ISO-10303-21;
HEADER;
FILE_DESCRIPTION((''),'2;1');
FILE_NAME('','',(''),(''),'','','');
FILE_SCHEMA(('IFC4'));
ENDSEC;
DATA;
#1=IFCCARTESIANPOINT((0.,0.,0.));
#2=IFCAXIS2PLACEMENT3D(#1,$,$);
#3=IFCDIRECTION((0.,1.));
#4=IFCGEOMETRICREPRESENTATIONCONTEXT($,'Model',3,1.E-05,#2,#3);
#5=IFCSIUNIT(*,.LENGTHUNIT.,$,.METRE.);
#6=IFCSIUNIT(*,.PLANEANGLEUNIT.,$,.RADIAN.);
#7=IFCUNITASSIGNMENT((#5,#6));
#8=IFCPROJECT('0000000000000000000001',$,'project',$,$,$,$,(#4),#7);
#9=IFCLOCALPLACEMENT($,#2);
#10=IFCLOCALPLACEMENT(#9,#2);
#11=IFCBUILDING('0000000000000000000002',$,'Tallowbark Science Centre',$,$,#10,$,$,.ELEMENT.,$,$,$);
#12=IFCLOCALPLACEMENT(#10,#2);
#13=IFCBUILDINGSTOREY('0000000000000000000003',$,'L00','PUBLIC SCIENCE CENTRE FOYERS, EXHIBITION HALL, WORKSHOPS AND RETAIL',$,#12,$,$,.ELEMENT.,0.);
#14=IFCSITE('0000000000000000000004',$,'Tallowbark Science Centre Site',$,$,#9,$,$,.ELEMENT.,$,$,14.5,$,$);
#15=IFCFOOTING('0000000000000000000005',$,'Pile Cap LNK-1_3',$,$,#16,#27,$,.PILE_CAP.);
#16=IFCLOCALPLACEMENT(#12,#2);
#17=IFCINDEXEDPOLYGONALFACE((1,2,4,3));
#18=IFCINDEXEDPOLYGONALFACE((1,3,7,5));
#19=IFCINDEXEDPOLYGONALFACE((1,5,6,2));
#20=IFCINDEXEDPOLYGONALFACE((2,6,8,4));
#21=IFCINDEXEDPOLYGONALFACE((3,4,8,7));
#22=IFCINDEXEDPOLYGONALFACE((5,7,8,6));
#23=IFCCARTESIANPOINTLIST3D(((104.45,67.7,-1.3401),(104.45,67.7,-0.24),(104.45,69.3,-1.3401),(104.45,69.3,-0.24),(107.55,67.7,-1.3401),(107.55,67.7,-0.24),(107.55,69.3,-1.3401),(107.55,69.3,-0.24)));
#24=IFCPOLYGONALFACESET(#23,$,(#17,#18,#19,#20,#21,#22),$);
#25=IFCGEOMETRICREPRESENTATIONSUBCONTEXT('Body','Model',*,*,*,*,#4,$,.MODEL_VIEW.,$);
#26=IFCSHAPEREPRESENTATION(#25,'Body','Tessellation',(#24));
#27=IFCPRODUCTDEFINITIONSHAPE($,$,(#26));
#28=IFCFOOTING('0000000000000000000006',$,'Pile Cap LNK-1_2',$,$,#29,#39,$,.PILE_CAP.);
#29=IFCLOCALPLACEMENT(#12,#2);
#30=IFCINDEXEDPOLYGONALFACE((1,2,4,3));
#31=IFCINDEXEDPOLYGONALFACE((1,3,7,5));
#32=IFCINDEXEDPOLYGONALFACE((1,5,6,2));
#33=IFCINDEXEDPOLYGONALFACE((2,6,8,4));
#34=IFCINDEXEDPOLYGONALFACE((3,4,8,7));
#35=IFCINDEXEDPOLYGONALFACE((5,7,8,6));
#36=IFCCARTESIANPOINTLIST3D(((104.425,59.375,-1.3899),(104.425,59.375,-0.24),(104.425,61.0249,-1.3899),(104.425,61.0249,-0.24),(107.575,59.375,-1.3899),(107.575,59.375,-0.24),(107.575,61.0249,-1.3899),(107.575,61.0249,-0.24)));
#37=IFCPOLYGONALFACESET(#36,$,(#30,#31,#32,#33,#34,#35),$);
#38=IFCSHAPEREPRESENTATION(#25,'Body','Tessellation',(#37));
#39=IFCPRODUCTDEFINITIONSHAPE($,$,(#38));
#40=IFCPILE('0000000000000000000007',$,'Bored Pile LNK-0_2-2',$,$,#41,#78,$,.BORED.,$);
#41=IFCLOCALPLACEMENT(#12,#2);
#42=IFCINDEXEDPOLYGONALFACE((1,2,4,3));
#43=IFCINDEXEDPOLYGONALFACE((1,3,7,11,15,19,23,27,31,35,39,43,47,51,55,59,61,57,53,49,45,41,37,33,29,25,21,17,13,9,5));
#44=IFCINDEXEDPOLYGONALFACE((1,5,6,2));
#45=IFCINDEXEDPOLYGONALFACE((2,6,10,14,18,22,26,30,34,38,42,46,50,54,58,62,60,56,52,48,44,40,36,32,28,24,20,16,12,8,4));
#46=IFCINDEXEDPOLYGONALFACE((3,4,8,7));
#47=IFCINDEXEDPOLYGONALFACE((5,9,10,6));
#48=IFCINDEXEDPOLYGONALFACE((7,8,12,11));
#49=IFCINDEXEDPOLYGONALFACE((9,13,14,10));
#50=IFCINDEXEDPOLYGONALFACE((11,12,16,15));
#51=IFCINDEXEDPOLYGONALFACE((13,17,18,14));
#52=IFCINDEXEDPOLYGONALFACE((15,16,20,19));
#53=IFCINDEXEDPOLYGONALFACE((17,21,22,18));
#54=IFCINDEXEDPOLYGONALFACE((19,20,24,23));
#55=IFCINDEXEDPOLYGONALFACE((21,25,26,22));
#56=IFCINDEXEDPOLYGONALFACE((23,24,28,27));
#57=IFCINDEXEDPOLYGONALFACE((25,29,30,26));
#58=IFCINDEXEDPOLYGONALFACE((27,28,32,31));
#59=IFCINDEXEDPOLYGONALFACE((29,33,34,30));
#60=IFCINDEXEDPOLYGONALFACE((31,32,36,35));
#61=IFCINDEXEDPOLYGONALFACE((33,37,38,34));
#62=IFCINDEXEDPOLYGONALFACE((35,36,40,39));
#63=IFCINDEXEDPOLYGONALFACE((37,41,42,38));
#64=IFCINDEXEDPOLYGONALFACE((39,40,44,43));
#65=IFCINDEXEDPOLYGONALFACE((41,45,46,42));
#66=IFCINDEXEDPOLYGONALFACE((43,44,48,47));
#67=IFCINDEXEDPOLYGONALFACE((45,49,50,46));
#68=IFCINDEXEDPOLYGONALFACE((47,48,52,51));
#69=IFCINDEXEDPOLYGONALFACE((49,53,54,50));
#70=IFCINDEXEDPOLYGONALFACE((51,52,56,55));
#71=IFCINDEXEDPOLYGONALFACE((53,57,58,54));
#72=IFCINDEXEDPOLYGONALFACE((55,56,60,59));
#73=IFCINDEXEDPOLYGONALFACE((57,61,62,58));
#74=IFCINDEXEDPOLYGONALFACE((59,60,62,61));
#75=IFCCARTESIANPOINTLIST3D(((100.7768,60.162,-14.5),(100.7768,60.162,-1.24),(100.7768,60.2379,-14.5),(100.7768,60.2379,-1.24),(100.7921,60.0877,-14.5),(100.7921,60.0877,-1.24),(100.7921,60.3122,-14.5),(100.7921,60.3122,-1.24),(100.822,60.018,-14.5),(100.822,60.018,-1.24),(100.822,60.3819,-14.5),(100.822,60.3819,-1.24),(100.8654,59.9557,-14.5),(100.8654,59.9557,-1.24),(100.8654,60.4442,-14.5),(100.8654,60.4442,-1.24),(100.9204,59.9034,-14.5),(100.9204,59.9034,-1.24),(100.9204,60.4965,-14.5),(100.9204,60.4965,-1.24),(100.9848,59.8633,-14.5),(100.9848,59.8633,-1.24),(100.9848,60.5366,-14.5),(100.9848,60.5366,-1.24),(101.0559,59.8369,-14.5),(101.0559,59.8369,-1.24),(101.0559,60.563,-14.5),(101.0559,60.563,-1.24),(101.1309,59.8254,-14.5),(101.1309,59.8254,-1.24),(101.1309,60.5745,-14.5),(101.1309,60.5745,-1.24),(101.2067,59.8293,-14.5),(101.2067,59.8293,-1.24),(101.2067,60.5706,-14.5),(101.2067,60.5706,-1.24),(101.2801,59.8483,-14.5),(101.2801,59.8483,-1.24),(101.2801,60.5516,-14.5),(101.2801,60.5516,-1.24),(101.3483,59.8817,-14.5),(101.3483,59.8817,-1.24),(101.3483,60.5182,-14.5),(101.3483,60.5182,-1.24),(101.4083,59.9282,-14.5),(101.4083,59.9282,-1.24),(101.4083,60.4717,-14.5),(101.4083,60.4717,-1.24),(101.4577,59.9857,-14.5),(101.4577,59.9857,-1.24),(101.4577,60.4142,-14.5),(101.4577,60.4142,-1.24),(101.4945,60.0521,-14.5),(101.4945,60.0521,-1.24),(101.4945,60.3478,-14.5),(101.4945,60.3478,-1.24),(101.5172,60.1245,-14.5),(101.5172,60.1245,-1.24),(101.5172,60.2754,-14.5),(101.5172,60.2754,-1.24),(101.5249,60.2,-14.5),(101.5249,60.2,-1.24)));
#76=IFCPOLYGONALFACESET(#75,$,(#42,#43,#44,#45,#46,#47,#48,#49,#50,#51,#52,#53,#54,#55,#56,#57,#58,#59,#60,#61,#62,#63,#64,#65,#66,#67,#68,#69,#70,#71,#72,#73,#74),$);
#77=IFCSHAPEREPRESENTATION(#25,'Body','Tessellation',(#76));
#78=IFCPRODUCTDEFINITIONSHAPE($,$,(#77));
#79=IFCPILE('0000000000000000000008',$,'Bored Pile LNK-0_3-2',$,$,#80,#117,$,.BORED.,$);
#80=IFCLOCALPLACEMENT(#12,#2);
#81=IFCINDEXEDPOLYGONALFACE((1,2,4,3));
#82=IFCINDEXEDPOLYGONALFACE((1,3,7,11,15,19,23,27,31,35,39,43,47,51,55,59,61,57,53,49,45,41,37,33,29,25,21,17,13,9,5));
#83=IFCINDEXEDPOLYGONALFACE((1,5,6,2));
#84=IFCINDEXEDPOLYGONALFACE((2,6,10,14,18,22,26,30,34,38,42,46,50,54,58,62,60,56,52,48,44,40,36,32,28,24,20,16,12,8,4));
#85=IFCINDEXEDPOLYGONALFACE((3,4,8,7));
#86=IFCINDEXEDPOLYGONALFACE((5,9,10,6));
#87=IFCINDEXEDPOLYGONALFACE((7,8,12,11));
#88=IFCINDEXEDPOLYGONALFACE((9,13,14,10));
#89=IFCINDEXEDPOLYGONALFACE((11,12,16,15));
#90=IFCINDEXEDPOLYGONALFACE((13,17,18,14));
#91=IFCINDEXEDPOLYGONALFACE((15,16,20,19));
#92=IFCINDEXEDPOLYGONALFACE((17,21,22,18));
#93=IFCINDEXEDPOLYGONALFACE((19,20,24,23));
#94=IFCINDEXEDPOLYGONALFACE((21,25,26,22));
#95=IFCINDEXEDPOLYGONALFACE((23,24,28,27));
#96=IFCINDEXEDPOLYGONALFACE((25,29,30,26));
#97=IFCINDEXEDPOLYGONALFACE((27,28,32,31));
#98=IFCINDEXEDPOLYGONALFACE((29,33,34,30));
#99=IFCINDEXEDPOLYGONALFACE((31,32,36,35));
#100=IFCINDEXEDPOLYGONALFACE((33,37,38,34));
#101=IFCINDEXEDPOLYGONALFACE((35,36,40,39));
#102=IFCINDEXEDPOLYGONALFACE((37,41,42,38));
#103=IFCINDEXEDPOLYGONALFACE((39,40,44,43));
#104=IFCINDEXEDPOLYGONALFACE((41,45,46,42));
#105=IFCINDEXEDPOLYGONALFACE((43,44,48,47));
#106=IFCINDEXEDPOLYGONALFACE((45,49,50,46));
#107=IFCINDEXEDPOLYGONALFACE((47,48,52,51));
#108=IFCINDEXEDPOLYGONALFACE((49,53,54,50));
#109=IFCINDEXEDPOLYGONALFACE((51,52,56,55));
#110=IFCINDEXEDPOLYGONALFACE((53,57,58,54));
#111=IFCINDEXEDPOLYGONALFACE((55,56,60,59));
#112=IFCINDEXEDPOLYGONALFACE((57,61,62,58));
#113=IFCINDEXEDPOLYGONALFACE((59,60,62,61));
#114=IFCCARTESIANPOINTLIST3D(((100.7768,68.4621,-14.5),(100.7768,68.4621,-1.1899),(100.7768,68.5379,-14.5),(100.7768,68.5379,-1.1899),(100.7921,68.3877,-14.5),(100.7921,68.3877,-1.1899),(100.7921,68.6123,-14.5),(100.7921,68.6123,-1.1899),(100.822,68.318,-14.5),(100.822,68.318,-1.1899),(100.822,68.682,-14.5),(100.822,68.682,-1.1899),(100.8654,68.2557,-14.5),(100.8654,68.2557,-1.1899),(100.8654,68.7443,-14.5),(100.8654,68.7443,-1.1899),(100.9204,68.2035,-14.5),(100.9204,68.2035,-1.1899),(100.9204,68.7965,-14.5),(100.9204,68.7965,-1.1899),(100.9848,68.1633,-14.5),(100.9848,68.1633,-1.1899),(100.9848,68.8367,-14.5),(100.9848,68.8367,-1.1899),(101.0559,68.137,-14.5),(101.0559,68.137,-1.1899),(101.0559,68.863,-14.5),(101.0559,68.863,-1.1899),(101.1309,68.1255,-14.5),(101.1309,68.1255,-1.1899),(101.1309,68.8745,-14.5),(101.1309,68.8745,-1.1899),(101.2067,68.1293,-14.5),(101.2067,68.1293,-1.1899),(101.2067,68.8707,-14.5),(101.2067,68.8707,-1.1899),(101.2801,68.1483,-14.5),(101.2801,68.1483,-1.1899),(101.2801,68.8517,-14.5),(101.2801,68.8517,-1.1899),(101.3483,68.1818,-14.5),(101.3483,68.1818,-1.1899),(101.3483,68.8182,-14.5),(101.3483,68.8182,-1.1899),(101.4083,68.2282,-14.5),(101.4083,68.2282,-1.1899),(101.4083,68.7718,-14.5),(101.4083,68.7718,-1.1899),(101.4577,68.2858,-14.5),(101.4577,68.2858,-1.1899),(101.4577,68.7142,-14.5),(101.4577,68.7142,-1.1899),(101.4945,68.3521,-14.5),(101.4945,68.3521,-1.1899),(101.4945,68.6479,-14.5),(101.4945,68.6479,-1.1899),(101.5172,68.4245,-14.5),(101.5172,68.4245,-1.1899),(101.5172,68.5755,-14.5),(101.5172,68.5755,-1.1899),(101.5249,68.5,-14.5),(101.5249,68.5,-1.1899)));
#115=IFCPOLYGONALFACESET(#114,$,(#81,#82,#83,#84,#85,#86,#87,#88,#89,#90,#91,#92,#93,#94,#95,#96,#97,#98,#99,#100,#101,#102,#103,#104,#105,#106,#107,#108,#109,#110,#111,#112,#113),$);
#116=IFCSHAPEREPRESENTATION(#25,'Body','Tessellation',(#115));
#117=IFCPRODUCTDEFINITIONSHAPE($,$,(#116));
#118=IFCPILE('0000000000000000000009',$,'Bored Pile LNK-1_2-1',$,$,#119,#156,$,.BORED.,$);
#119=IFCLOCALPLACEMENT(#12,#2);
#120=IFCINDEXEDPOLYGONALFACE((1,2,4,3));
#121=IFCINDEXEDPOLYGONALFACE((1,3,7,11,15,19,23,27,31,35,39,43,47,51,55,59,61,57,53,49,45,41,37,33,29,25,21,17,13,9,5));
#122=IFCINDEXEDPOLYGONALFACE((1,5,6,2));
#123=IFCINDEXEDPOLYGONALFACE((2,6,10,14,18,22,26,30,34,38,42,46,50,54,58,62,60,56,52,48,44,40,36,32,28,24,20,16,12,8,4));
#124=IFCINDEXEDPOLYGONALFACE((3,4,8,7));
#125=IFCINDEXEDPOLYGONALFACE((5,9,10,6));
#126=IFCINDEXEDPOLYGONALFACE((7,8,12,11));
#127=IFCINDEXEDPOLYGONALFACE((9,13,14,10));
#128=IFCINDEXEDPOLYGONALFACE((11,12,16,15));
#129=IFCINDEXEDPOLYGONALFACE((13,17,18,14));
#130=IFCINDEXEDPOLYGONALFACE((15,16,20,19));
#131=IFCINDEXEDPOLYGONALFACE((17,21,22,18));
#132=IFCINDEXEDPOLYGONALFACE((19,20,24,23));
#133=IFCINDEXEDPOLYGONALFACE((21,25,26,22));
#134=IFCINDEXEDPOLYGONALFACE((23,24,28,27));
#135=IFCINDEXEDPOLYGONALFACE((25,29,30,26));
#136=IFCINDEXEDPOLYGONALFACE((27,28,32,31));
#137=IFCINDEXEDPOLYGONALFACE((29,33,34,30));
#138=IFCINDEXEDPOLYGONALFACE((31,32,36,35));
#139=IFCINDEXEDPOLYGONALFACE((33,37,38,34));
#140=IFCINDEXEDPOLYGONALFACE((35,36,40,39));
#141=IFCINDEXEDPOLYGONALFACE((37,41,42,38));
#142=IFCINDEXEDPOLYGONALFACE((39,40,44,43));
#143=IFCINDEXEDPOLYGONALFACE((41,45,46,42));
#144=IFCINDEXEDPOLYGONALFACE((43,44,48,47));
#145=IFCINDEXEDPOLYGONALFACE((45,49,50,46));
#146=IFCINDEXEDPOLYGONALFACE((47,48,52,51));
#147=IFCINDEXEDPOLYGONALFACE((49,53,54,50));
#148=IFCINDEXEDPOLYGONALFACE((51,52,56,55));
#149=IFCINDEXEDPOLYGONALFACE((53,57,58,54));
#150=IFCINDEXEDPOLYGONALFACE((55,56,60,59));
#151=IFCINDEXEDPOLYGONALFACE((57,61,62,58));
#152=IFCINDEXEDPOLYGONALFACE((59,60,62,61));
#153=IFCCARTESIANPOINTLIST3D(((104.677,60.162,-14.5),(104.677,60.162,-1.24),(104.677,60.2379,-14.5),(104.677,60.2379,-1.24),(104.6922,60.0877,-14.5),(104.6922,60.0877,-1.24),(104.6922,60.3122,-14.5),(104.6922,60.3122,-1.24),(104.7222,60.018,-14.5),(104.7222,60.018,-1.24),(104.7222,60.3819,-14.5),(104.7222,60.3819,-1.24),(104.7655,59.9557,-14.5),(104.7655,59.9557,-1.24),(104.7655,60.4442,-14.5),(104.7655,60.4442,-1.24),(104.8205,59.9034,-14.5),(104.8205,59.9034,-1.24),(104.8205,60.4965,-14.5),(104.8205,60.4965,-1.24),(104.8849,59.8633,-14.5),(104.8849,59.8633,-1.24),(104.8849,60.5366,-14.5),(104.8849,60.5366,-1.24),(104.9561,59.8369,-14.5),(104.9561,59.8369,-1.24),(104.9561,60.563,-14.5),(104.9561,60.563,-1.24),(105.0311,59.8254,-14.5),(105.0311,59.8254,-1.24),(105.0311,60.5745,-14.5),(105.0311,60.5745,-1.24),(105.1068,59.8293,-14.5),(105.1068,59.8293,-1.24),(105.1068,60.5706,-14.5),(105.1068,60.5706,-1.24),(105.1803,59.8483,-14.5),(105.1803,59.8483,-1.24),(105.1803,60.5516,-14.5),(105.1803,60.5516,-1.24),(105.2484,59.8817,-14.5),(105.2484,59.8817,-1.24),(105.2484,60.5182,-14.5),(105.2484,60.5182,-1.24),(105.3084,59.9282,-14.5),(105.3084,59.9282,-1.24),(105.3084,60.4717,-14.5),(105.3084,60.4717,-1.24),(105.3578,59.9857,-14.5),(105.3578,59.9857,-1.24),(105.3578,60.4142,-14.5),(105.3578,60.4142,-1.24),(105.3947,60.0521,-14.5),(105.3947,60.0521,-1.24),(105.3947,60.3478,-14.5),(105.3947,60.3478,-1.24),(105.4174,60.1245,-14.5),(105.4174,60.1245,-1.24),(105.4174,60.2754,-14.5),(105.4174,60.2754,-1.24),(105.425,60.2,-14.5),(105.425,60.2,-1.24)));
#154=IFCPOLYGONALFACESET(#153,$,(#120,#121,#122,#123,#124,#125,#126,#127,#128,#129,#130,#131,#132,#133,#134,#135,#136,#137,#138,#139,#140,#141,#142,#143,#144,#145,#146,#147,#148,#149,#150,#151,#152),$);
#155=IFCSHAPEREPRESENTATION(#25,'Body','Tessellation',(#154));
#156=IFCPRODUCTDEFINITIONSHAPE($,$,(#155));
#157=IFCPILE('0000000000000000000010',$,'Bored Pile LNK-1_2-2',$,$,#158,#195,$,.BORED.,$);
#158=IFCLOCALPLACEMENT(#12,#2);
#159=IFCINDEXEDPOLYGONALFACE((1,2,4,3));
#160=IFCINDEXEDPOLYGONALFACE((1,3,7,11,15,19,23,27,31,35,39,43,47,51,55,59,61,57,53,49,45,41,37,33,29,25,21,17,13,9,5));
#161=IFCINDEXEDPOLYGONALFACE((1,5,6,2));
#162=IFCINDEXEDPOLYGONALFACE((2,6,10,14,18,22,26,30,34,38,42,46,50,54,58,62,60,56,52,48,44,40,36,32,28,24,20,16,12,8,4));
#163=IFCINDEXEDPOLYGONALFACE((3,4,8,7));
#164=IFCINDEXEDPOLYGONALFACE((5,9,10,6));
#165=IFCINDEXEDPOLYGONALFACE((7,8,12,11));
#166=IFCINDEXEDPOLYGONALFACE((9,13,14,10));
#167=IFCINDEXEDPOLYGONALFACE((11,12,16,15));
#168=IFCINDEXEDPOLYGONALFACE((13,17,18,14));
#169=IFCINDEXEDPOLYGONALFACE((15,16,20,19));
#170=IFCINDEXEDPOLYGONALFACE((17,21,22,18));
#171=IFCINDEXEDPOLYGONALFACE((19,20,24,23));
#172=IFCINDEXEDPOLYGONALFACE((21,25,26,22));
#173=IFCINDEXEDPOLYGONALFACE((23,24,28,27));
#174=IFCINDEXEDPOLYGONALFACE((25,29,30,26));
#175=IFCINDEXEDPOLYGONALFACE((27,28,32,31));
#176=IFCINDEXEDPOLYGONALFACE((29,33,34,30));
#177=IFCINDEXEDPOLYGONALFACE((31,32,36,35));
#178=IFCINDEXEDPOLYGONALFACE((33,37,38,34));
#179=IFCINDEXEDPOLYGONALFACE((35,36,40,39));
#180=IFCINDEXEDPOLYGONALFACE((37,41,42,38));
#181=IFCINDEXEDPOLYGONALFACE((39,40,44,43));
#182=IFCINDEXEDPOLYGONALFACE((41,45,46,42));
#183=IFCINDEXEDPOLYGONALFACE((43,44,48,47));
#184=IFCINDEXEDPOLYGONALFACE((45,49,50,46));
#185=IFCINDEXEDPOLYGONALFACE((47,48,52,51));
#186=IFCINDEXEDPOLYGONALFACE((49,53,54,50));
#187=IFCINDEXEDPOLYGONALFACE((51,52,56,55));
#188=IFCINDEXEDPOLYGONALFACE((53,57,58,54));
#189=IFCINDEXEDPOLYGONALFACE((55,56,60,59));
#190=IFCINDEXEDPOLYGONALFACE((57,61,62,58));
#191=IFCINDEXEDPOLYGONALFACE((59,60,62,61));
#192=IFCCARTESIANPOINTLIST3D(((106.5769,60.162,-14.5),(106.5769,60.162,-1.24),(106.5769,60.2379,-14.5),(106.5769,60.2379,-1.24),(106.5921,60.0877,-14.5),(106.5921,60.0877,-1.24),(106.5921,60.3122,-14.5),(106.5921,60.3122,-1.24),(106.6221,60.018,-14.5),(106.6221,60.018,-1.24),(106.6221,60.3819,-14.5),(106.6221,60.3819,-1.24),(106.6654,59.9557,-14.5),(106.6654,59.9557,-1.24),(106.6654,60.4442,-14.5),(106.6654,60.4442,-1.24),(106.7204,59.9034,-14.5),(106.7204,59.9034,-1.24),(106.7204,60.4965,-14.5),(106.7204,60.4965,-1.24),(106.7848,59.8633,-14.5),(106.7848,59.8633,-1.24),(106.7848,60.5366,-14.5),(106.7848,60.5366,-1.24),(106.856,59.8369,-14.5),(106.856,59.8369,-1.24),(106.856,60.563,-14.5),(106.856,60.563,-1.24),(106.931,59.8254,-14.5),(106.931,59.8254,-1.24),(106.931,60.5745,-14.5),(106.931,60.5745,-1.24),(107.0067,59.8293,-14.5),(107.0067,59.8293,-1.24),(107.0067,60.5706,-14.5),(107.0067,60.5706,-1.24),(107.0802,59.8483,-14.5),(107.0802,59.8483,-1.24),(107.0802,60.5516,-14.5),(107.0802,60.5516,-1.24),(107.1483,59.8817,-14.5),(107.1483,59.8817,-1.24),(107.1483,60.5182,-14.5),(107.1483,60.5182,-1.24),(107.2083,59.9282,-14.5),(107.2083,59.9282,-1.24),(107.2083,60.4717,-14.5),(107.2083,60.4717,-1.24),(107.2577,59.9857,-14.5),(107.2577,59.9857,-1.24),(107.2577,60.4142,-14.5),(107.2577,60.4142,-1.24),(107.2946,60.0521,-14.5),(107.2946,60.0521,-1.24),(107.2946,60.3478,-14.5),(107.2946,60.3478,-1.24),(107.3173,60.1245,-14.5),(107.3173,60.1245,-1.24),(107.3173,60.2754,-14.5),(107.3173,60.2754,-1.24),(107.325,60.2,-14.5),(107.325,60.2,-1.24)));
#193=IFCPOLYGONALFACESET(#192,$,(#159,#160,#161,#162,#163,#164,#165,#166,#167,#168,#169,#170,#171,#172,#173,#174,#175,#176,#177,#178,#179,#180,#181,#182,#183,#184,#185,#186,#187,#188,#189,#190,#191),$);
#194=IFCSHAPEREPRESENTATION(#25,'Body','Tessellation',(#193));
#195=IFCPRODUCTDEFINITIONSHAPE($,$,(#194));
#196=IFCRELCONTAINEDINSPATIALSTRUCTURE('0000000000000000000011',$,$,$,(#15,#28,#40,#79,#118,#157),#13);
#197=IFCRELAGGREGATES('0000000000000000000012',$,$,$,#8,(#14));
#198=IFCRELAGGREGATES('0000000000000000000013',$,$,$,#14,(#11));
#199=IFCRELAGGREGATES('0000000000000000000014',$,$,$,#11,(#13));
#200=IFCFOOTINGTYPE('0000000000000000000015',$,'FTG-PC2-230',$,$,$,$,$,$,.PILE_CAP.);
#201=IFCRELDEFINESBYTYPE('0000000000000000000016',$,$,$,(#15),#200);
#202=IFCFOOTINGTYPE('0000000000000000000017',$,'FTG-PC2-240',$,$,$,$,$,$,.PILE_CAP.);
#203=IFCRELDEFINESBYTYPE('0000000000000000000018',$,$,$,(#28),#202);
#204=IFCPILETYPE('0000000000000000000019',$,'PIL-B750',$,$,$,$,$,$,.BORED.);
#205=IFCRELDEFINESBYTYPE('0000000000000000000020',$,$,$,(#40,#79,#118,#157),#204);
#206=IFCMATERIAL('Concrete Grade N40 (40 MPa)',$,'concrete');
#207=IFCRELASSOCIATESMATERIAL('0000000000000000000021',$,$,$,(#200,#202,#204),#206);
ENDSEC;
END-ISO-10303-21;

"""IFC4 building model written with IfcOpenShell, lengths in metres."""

from ifc_helpers import new_model, si_unit, direction, frame, origin, origin_2d, place, context, subcontext, project, spatial, rectangle, circle, extrude, material, material_profile, profile_set, type_object, element, save


model = new_model("IFC4")

# Units and contexts
model_context = context("Model", 3, precision=1e-05, world=origin(), true_north=direction((0.0, 1.0)))
body_context = subcontext(model_context, "Body", "Model", "MODEL_VIEW")
ifc_project = project(units=[si_unit("LENGTHUNIT", "METRE"), si_unit("PLANEANGLEUNIT", "RADIAN")], contexts=[model_context])

# Site, building, storey
site_placement = place(None, origin())
site = spatial("IfcSite", under=ifc_project, at=site_placement, Name="Tallowbark Science Centre Site", CompositionType="ELEMENT", RefElevation=14.5)
building_placement = place(site_placement, origin())
building = spatial("IfcBuilding", under=site, at=building_placement, Name="Tallowbark Science Centre", CompositionType="ELEMENT")
storey_placement = place(building_placement, origin())
storey = spatial("IfcBuildingStorey", under=building, at=storey_placement, Name="L00", Description="PUBLIC SCIENCE CENTRE FOYERS, EXHIBITION HALL, WORKSHOPS AND RETAIL", CompositionType="ELEMENT", Elevation=0.0)

# Footings
ifc_material_1 = material(Name="Concrete Grade N40 (40 MPa)", Category="concrete")
footing_type_1 = type_object("IfcFootingType", Name="FTG-PC2-230", PredefinedType="PILE_CAP", material=ifc_material_1)
footing_1_placement = place(storey_placement, frame((106.0, 68.5, -1.3401), z_axis=(0.0, 0.0, 1.0), x_axis=(1.0, 0.0, 0.0)))
element("IfcFooting", 1, at=footing_1_placement, inside=storey, type_object=footing_type_1, Name="Pile Cap LNK-1_3", PredefinedType="PILE_CAP", context=body_context, shape_type="SweptSolid", body=[
    extrude(rectangle(XDim=3.1001, YDim=1.6001, at=origin_2d()), origin(), (0.0, 0.0, 1.0), 1.1001),
])
footing_type_2 = type_object("IfcFootingType", Name="FTG-PC2-240", PredefinedType="PILE_CAP", material=ifc_material_1)
footing_2_placement = place(storey_placement, frame((106.0, 60.2, -1.3899), z_axis=(0.0, 0.0, 1.0), x_axis=(1.0, 0.0, 0.0)))
element("IfcFooting", 2, at=footing_2_placement, inside=storey, type_object=footing_type_2, Name="Pile Cap LNK-1_2", PredefinedType="PILE_CAP", context=body_context, shape_type="SweptSolid", body=[
    extrude(rectangle(XDim=3.1499, YDim=1.6499, at=origin_2d()), origin(), (0.0, 0.0, 1.0), 1.1499),
])

# Piles
ifc_material_profile_1 = material_profile(ifc_material_1, circle(Radius=0.375, at=origin_2d()), Name="PILE750")
ifc_profile_set_1 = profile_set([ifc_material_profile_1], Name="Concrete Grade N40 (40 MPa)")
pile_type = type_object("IfcPileType", Name="PIL-B750", PredefinedType="BORED", material=ifc_profile_set_1)
pile_1_placement = place(storey_placement, frame((101.1499, 60.2, -1.24), z_axis=(0.0, 0.0, -1.0), x_axis=(1.0, 0.0, 0.0)))
element("IfcPile", 3, at=pile_1_placement, inside=storey, type_object=pile_type, Name="Bored Pile LNK-0_2-2", PredefinedType="BORED", context=body_context, shape_type="SweptSolid", body=[
    extrude(circle(Radius=0.375, at=origin_2d()), origin(), (0.0, 0.0, 1.0), 13.26),
])
pile_2_placement = place(storey_placement, frame((101.1499, 68.5, -1.1899), z_axis=(0.0, 0.0, -1.0), x_axis=(1.0, 0.0, 0.0)))
element("IfcPile", 4, at=pile_2_placement, inside=storey, type_object=pile_type, Name="Bored Pile LNK-0_3-2", PredefinedType="BORED", context=body_context, shape_type="SweptSolid", body=[
    extrude(circle(Radius=0.375, at=origin_2d()), origin(), (0.0, 0.0, 1.0), 13.3101),
])
for number, where, z_axis, x_axis, name in (
    (5, (105.05, 60.2, -1.24), (0.0, 0.0, -1.0), (1.0, 0.0, 0.0), "Bored Pile LNK-1_2-1"),
    (6, (106.95, 60.2, -1.24), (0.0, 0.0, -1.0), (1.0, 0.0, 0.0), "Bored Pile LNK-1_2-2"),
):
    element("IfcPile", number, at=place(storey_placement, frame(where, z_axis=z_axis, x_axis=x_axis)), inside=storey, type_object=pile_type, Name=name, PredefinedType="BORED", context=body_context, shape_type="SweptSolid", body=[
        extrude(circle(Radius=0.375, at=origin_2d()), origin(), (0.0, 0.0, 1.0), 13.26),
    ])

save(model, "model.ifc")
